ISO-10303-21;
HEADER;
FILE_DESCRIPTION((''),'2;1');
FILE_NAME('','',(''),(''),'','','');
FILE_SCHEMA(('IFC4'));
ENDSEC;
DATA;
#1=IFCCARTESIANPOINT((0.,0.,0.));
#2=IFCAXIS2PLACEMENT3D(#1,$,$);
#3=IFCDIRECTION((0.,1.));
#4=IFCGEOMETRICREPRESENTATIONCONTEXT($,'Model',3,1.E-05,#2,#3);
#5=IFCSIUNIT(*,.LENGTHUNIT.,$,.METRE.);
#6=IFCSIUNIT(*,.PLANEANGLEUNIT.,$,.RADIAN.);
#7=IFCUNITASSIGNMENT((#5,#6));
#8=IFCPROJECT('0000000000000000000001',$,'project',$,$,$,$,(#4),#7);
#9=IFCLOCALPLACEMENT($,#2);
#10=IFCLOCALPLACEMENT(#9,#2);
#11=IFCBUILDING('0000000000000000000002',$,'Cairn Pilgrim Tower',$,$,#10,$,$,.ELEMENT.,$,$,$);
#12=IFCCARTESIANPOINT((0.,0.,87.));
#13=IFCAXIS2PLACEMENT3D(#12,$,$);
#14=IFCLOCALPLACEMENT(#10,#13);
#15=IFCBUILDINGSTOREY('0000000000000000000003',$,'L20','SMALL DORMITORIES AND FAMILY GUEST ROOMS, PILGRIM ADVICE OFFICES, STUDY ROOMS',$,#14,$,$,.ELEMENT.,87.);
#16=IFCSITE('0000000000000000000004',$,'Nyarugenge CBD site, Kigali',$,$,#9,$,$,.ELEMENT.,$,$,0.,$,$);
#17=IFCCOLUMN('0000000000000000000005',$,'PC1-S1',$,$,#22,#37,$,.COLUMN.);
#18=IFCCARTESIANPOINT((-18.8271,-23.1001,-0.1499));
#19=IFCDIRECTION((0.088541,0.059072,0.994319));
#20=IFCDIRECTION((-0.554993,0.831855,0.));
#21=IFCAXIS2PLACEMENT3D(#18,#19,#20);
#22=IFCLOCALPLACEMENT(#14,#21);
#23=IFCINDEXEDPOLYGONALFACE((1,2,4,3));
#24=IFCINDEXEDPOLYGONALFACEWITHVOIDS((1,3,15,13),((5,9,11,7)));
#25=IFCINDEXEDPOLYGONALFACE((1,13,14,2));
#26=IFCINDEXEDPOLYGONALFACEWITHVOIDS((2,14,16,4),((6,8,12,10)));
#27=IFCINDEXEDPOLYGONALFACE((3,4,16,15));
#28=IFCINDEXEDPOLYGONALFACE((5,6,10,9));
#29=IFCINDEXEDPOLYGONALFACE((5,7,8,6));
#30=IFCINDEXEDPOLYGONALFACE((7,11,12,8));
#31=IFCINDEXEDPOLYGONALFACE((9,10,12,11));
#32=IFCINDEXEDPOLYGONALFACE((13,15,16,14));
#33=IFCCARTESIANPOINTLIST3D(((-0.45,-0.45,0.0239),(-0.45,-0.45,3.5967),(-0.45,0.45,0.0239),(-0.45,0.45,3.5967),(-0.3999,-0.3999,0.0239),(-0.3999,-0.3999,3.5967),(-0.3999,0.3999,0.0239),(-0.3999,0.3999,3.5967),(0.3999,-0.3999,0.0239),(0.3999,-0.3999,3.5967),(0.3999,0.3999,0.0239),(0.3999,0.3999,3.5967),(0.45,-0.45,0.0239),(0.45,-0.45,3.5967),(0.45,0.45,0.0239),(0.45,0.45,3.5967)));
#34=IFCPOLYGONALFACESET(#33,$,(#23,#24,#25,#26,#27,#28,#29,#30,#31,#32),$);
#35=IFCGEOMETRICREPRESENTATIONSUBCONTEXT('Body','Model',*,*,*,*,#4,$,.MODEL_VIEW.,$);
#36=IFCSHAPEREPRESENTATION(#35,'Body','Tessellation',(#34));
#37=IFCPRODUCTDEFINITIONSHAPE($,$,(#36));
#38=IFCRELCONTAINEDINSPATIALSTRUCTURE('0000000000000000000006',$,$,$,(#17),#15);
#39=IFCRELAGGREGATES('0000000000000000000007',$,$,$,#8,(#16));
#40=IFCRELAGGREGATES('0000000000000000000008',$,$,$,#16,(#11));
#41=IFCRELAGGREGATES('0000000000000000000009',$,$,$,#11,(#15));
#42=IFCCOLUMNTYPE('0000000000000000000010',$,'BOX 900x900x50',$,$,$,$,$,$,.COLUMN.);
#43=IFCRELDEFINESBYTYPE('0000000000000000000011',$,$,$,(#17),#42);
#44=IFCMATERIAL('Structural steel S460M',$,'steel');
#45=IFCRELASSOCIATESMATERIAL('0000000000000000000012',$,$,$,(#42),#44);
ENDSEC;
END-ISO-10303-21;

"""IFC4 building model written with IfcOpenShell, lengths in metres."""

from ifc_helpers import new_model, si_unit, direction, frame, origin, origin_2d, place, context, subcontext, project, spatial, hollow_rectangle, extrude, clip, halfspace, material, material_profile, profile_set, type_object, element, save


model = new_model("IFC4")

# Units and contexts
model_context = context("Model", 3, precision=1e-05, world=origin(), true_north=direction((0.0, 1.0)))
body_context = subcontext(model_context, "Body", "Model", "MODEL_VIEW")
ifc_project = project(units=[si_unit("LENGTHUNIT", "METRE"), si_unit("PLANEANGLEUNIT", "RADIAN")], contexts=[model_context])

# Site, building, storey
site_placement = place(None, origin())
site = spatial("IfcSite", under=ifc_project, at=site_placement, Name="Nyarugenge CBD site, Kigali", CompositionType="ELEMENT", RefElevation=0.0)
building_placement = place(site_placement, origin())
building = spatial("IfcBuilding", under=site, at=building_placement, Name="Cairn Pilgrim Tower", CompositionType="ELEMENT")
storey_placement = place(building_placement, frame((0.0, 0.0, 87.0)))
storey = spatial("IfcBuildingStorey", under=building, at=storey_placement, Name="L20", Description="SMALL DORMITORIES AND FAMILY GUEST ROOMS, PILGRIM ADVICE OFFICES, STUDY ROOMS", CompositionType="ELEMENT", Elevation=87.0)

# Column
ifc_material_1 = material(Name="Structural steel S460M", Category="steel")
ifc_material_profile_1 = material_profile(ifc_material_1, hollow_rectangle(XDim=0.8999, YDim=0.8999, WallThickness=0.05, at=origin_2d()), Name="BOX 900x900x50")
ifc_profile_set_1 = profile_set([ifc_material_profile_1], Name="Structural steel S460M")
column_type = type_object("IfcColumnType", Name="BOX 900x900x50", PredefinedType="COLUMN", material=ifc_profile_set_1)
column_placement = place(storey_placement, frame((-18.8271, -23.1001, -0.1499), z_axis=(0.088541, 0.059072, 0.994319), x_axis=(-0.554993, 0.831855, 0.0)))
element("IfcColumn", 1, at=column_placement, inside=storey, type_object=column_type, Name="PC1-S1", PredefinedType="COLUMN", context=body_context, shape_type="Clipping", body=[
    clip(clip(extrude(hollow_rectangle(XDim=0.8999, YDim=0.8999, WallThickness=0.05, at=origin_2d()), origin(), (0.0, 0.0, 1.0), 3.6204), halfspace(frame((0.0, 0.0, 0.0239), z_axis=(0.0, 0.0, 1.0), x_axis=(1.0, 0.0, 0.0)), True)), halfspace(frame((0.0, 0.0, 3.5967), z_axis=(0.0, 0.0, 1.0), x_axis=(1.0, 0.0, 0.0)), False)),
])

save(model, "model.ifc")
